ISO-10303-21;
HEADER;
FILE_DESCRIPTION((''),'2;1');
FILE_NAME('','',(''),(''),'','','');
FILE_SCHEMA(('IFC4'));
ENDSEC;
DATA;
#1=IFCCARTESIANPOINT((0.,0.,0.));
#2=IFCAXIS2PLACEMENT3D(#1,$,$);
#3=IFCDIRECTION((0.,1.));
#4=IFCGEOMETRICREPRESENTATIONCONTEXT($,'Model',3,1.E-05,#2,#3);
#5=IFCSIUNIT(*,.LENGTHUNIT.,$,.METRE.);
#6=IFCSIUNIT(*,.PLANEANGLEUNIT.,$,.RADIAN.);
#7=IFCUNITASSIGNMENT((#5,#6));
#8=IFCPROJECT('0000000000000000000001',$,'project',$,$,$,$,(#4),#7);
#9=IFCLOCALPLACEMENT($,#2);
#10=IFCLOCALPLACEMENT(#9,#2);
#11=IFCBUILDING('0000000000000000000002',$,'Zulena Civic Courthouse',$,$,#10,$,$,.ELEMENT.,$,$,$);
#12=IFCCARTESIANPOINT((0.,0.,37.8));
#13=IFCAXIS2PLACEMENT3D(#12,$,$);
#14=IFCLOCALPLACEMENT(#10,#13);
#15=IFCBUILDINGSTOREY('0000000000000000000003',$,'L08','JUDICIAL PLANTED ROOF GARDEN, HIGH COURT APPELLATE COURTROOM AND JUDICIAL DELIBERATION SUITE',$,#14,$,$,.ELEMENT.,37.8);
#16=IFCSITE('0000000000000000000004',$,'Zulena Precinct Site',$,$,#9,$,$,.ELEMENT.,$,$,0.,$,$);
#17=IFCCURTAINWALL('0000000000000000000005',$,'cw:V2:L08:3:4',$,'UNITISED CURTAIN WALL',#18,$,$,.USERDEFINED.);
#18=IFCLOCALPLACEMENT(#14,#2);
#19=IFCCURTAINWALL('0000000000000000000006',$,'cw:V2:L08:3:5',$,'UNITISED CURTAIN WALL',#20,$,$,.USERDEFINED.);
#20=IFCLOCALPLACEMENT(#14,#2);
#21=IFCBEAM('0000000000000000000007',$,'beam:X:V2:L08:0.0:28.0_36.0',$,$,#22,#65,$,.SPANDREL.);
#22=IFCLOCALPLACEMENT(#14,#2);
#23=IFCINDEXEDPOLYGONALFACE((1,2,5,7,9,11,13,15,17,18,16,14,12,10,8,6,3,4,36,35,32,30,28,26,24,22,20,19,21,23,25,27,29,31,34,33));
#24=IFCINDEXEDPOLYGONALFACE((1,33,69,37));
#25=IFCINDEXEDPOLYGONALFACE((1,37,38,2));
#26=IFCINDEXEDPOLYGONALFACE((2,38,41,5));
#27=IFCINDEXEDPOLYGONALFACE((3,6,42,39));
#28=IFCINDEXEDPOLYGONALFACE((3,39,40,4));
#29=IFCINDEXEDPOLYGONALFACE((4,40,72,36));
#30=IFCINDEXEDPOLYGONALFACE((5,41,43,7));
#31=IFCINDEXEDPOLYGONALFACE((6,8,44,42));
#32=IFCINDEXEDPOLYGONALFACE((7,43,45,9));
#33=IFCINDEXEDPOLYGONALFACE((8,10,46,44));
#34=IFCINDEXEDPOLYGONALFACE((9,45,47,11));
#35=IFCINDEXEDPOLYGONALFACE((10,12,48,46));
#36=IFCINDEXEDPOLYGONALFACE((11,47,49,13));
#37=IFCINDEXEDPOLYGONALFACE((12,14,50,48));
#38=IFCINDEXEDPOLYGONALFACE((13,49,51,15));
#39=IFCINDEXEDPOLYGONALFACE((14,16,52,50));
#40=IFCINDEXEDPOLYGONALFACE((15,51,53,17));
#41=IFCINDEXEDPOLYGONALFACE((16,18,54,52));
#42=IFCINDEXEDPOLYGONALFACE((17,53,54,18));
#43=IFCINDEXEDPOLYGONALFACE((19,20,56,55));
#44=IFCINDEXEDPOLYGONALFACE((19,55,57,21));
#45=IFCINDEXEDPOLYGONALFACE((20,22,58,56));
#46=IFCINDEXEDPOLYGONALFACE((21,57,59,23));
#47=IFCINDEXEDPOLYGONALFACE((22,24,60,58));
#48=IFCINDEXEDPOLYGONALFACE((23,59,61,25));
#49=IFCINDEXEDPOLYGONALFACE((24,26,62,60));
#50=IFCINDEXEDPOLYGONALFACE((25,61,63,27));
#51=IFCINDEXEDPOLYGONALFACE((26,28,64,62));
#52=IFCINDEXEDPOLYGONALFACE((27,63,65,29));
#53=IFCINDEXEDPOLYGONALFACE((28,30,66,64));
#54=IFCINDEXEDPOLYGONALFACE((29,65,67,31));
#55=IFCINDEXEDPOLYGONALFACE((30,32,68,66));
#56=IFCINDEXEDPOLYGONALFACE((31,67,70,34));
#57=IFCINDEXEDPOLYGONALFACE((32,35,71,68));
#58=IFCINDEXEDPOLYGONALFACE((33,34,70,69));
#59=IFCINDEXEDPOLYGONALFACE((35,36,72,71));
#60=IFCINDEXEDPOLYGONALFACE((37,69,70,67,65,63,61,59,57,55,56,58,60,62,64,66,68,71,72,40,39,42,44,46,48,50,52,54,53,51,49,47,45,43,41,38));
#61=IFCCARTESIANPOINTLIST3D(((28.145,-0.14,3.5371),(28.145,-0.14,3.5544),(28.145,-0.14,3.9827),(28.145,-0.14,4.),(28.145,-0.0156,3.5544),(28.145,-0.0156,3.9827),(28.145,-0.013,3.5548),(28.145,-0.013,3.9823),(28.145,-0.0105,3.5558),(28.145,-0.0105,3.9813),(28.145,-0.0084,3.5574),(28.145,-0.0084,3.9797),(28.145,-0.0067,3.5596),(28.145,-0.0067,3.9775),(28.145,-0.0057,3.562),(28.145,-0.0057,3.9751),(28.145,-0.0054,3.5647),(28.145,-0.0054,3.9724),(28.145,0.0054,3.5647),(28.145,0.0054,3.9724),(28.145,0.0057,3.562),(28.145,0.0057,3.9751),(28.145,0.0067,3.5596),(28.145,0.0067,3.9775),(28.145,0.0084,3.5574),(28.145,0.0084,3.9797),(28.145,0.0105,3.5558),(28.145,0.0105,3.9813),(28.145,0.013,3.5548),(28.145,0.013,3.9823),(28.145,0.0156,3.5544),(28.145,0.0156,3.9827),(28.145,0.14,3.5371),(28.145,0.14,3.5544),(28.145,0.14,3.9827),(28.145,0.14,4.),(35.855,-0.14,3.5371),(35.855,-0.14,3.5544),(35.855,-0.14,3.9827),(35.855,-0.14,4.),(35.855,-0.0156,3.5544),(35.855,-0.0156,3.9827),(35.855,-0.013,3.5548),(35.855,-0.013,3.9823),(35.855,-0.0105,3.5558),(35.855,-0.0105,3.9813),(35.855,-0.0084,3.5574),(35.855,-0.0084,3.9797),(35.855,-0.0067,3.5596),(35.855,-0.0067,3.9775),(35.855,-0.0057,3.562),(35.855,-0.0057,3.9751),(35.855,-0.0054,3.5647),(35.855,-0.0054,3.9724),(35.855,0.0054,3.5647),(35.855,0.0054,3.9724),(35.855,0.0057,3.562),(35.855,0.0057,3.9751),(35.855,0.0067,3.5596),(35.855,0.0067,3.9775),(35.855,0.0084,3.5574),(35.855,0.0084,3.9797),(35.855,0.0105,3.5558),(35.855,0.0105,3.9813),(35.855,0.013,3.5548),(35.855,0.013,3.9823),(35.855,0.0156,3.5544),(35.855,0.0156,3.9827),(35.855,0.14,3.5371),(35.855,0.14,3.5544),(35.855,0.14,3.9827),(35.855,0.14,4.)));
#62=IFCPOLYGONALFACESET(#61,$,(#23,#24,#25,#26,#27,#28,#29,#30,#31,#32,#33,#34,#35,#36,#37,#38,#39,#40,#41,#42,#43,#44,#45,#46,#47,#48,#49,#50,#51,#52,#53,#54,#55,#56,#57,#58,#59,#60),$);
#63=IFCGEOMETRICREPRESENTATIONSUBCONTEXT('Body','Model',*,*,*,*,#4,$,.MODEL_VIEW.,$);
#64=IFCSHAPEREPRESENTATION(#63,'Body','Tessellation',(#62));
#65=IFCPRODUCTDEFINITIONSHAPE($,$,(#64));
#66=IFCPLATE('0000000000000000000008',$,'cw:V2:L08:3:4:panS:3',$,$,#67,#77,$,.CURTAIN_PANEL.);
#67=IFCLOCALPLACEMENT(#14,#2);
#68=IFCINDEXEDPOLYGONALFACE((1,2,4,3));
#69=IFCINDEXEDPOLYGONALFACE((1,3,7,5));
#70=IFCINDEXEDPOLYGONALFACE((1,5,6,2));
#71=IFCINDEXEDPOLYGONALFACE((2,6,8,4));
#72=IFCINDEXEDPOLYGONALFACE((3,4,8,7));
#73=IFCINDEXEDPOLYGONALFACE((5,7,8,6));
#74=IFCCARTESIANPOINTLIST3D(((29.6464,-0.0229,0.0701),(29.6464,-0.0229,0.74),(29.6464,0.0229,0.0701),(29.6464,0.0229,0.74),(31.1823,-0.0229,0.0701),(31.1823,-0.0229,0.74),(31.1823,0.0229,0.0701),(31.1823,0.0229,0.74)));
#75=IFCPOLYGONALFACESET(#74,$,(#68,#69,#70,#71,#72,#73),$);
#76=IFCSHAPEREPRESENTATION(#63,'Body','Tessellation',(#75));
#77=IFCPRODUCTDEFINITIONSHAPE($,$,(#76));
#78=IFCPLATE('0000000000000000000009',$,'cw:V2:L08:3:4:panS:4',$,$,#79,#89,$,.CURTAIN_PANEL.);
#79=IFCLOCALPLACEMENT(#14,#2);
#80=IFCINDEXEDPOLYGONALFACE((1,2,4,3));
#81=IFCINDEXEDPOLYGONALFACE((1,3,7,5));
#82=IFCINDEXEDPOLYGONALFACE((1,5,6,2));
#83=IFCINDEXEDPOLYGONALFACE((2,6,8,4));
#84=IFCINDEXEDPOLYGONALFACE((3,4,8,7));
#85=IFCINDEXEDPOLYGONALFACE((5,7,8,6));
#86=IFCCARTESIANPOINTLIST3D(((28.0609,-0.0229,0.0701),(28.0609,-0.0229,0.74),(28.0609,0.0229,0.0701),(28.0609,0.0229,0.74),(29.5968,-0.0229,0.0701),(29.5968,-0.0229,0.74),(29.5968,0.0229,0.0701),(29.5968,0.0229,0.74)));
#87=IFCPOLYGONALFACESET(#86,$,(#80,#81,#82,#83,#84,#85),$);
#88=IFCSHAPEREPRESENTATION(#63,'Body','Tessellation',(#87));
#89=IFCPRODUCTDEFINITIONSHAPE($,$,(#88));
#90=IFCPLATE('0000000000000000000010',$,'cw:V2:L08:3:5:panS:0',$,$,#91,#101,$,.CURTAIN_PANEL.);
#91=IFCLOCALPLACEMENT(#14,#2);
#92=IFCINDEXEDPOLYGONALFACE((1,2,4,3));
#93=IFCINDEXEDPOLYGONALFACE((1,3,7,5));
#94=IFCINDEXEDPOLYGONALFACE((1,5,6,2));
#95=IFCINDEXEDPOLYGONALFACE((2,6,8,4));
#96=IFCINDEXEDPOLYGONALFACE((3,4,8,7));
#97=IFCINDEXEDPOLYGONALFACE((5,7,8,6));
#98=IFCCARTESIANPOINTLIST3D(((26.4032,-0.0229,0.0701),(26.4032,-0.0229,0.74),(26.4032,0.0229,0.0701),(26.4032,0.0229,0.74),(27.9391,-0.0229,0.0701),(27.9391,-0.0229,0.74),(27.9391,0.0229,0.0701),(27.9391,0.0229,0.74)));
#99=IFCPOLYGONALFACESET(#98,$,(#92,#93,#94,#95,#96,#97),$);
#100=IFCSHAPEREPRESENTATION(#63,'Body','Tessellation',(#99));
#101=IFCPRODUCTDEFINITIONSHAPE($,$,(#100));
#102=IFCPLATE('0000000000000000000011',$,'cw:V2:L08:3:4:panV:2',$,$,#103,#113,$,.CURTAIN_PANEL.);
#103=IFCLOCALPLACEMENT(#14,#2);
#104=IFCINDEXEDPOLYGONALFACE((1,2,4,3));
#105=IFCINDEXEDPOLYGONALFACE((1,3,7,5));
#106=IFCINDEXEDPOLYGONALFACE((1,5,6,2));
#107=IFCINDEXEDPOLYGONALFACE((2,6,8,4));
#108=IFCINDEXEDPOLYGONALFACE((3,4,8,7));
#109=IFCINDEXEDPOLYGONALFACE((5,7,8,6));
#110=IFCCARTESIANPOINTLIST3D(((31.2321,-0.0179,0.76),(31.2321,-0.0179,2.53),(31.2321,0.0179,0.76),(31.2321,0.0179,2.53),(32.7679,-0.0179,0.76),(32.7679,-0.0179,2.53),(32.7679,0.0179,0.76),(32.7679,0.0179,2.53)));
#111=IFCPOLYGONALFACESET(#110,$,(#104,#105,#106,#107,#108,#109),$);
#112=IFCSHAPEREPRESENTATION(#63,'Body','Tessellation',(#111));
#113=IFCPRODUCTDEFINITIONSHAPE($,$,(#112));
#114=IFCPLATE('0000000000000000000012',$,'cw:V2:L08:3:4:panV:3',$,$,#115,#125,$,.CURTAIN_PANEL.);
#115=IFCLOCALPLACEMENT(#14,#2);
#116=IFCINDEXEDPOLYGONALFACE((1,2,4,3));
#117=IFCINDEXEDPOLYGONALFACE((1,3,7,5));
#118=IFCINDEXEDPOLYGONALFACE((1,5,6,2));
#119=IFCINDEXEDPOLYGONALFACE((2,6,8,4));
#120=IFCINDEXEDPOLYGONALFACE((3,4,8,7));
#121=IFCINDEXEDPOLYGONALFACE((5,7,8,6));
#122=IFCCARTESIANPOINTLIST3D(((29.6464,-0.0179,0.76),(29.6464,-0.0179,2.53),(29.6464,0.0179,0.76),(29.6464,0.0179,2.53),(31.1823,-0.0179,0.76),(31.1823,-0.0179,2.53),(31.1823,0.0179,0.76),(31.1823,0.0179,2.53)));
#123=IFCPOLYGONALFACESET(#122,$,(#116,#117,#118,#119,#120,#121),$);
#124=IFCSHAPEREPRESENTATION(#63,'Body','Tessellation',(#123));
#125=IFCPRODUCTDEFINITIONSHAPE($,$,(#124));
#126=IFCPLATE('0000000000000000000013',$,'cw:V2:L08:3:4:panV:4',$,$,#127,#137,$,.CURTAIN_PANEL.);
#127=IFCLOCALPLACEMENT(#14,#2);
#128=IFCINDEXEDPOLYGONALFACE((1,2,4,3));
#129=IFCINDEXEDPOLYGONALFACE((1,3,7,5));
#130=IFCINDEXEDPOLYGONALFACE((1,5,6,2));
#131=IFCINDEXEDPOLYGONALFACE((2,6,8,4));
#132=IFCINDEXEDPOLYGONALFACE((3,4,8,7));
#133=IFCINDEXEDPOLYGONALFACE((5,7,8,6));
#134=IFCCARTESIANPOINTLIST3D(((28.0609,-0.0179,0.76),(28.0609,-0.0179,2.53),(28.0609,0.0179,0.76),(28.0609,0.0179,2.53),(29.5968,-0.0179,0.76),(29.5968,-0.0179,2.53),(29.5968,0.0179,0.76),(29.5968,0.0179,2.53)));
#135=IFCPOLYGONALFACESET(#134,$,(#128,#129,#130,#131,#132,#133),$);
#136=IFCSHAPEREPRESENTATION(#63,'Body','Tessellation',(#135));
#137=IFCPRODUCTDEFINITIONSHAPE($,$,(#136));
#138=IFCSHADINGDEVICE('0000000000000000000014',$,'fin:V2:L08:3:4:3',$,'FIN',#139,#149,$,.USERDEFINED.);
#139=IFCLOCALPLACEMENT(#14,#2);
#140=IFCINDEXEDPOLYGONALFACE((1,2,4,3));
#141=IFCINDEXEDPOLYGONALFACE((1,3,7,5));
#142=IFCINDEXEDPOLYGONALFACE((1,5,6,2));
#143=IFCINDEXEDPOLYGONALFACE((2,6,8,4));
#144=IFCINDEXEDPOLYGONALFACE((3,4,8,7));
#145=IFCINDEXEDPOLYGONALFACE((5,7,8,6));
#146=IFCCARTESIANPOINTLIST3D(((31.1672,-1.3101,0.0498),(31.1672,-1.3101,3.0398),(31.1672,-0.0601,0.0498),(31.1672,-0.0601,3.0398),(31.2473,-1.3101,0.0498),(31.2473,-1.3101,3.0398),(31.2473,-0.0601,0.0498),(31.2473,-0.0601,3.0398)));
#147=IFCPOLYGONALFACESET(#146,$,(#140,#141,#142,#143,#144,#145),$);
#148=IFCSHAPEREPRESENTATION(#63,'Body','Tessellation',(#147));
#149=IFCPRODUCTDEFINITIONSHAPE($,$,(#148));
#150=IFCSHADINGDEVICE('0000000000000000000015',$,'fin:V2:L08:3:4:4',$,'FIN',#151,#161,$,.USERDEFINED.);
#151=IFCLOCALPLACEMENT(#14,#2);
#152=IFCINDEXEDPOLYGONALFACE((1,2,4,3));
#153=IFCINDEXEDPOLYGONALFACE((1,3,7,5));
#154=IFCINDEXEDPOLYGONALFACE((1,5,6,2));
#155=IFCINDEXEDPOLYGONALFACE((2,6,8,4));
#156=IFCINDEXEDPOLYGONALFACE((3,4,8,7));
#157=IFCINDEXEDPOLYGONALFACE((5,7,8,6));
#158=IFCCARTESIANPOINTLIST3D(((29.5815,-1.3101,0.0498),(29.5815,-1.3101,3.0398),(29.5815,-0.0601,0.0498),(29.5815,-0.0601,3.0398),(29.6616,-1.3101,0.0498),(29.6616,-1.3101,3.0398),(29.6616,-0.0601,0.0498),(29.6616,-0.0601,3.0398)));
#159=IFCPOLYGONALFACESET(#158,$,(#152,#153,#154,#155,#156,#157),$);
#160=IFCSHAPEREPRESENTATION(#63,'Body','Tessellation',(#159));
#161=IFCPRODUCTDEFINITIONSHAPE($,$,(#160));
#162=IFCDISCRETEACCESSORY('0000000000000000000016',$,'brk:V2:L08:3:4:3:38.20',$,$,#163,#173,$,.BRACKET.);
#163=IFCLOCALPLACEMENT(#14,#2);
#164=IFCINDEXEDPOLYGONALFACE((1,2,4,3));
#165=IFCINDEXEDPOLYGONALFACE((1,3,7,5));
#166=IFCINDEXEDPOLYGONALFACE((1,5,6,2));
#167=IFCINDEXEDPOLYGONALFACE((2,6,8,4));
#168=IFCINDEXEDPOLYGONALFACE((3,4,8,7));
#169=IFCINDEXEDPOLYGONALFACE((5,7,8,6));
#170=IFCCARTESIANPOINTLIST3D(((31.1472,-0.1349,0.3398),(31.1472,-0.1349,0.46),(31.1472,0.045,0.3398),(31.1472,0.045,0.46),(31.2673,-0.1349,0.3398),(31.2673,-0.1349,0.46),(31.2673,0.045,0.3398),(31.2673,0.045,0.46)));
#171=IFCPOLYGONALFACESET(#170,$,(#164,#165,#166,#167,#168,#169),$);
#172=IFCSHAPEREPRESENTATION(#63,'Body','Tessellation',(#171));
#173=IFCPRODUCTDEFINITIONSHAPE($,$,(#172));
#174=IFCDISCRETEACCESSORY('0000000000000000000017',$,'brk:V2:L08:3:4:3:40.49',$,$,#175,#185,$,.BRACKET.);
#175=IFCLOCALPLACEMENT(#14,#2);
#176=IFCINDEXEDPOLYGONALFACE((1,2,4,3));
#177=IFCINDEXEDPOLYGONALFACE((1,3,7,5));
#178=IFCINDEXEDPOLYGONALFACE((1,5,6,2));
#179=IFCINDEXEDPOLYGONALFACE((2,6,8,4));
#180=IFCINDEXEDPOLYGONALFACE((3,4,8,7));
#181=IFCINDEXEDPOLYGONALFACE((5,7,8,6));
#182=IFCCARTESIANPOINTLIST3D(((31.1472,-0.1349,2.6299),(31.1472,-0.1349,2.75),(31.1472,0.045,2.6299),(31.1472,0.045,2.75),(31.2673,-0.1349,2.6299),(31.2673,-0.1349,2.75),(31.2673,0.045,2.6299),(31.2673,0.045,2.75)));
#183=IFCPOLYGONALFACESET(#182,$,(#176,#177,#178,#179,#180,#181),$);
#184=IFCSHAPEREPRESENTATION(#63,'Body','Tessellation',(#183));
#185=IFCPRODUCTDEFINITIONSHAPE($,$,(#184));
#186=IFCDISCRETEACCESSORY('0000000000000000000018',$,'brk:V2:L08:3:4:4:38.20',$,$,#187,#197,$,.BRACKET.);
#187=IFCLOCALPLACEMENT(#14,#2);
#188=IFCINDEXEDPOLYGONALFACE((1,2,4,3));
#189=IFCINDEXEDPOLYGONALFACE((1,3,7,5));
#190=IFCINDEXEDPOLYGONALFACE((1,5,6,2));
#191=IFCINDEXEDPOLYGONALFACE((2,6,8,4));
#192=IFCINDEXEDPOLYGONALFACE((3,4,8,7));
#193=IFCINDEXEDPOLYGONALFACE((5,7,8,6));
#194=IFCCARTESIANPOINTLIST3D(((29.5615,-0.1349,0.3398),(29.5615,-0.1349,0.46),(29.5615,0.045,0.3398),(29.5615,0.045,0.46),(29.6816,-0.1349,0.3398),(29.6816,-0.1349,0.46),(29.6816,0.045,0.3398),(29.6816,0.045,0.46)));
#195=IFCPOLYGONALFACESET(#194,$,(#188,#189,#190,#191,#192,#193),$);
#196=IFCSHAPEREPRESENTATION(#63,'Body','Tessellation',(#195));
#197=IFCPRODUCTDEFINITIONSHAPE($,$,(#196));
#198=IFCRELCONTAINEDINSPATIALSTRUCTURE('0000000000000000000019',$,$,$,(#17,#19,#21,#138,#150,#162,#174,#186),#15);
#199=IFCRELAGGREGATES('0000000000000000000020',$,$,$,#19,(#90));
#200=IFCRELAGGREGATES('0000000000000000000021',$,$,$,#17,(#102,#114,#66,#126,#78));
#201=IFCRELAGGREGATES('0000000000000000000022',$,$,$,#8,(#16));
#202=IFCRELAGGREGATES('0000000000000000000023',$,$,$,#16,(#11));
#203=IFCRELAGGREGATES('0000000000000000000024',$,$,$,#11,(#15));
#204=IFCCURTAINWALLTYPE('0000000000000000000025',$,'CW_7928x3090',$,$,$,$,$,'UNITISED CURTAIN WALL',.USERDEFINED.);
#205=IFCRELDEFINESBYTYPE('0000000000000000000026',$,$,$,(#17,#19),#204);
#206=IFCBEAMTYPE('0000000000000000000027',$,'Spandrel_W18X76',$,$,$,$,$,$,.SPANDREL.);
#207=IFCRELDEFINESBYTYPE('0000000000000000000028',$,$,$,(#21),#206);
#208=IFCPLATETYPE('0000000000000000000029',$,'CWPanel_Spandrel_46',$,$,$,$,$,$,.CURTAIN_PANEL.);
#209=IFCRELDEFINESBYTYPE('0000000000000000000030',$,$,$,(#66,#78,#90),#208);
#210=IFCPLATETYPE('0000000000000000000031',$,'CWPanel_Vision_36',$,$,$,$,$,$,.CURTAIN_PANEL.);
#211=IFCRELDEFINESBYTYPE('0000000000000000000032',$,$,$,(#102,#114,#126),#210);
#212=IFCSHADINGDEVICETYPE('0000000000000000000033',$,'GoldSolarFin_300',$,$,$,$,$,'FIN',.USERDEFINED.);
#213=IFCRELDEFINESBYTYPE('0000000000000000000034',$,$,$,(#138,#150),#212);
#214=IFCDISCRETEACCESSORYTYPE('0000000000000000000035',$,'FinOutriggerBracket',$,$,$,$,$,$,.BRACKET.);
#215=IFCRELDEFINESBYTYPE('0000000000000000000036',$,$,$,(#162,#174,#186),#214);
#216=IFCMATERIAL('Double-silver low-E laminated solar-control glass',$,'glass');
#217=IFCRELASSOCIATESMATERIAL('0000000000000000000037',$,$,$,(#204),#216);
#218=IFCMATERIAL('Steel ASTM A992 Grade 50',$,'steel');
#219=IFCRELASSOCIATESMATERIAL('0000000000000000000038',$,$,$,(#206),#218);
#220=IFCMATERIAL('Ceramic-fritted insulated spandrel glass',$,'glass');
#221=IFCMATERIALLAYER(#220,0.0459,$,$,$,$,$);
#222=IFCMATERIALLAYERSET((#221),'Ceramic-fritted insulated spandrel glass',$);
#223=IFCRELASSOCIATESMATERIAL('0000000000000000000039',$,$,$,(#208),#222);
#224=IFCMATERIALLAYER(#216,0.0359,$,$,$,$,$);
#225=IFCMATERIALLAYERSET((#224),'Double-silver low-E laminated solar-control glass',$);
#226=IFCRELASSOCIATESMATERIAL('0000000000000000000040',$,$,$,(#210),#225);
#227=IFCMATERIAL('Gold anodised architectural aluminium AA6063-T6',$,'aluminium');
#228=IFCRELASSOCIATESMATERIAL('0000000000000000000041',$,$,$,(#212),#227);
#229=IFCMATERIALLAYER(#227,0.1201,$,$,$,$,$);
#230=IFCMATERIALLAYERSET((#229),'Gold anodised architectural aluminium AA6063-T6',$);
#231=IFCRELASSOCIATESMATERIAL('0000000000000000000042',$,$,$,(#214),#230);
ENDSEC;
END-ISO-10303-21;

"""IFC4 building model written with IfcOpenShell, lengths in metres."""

from ifc_helpers import new_model, si_unit, direction, frame, origin, origin_2d, place, context, subcontext, project, spatial, rectangle, i_section, extrude, material, layer, layer_set, material_profile, profile_set, type_object, element, aggregate, save


model = new_model("IFC4")

# Units and contexts
model_context = context("Model", 3, precision=1e-05, world=origin(), true_north=direction((0.0, 1.0)))
body_context = subcontext(model_context, "Body", "Model", "MODEL_VIEW")
ifc_project = project(units=[si_unit("LENGTHUNIT", "METRE"), si_unit("PLANEANGLEUNIT", "RADIAN")], contexts=[model_context])

# Site, building, storey
site_placement = place(None, origin())
site = spatial("IfcSite", under=ifc_project, at=site_placement, Name="Zulena Precinct Site", CompositionType="ELEMENT", RefElevation=0.0)
building_placement = place(site_placement, origin())
building = spatial("IfcBuilding", under=site, at=building_placement, Name="Zulena Civic Courthouse", CompositionType="ELEMENT")
storey_placement = place(building_placement, frame((0.0, 0.0, 37.8)))
storey = spatial("IfcBuildingStorey", under=building, at=storey_placement, Name="L08", Description="JUDICIAL PLANTED ROOF GARDEN, HIGH COURT APPELLATE COURTROOM AND JUDICIAL DELIBERATION SUITE", CompositionType="ELEMENT", Elevation=37.8)

# Shared definitions
ifc_material_1 = material(Name="Steel ASTM A992 Grade 50", Category="steel")

# Curtain walls
ifc_material_2 = material(Name="Double-silver low-E laminated solar-control glass", Category="glass")
curtain_wall_type = type_object("IfcCurtainWallType", Name="CW_7928x3090", ElementType="UNITISED CURTAIN WALL", PredefinedType="USERDEFINED", material=ifc_material_2)
curtain_wall_1_placement = place(storey_placement, origin())
curtain_wall_1 = element("IfcCurtainWall", 1, at=curtain_wall_1_placement, inside=storey, type_object=curtain_wall_type, Name="cw:V2:L08:3:4", ObjectType="UNITISED CURTAIN WALL", PredefinedType="USERDEFINED")
curtain_wall_2_placement = place(storey_placement, origin())
curtain_wall_2 = element("IfcCurtainWall", 2, at=curtain_wall_2_placement, inside=storey, type_object=curtain_wall_type, Name="cw:V2:L08:3:5", ObjectType="UNITISED CURTAIN WALL", PredefinedType="USERDEFINED")

# Beam
ifc_material_profile_1 = material_profile(ifc_material_1, i_section(OverallWidth=0.28, OverallDepth=0.4629, WebThickness=0.0107, FlangeThickness=0.0173, FilletRadius=0.0103, at=origin_2d()), Name="W18X76")
ifc_profile_set_1 = profile_set([ifc_material_profile_1], Name="Steel ASTM A992 Grade 50")
beam_type = type_object("IfcBeamType", Name="Spandrel_W18X76", PredefinedType="SPANDREL", material=ifc_profile_set_1)
beam_placement = place(storey_placement, frame((28.145, 0.0, 3.7686), z_axis=(1.0, 0.0, 0.0), x_axis=(0.0, 1.0, 0.0)))
element("IfcBeam", 3, at=beam_placement, inside=storey, type_object=beam_type, Name="beam:X:V2:L08:0.0:28.0_36.0", PredefinedType="SPANDREL", context=body_context, shape_type="SweptSolid", body=[
    extrude(i_section(OverallWidth=0.28, OverallDepth=0.4629, WebThickness=0.0107, FlangeThickness=0.0173, FilletRadius=0.0103, at=origin_2d()), origin(), (0.0, 0.0, 1.0), 7.71),
])

# Plates
ifc_material_3 = material(Name="Ceramic-fritted insulated spandrel glass", Category="glass")
ifc_layer_1 = layer(ifc_material_3, 0.0459)
ifc_layer_set_1 = layer_set([ifc_layer_1], Name="Ceramic-fritted insulated spandrel glass")
plate_type_1 = type_object("IfcPlateType", Name="CWPanel_Spandrel_46", PredefinedType="CURTAIN_PANEL", material=ifc_layer_set_1)
plate_1_placement = place(storey_placement, frame((30.4143, 0.0, 0.0701), z_axis=(0.0, 0.0, 1.0), x_axis=(-1.0, 0.0, 0.0)))
plate_1 = element("IfcPlate", 4, at=plate_1_placement, type_object=plate_type_1, Name="cw:V2:L08:3:4:panS:3", PredefinedType="CURTAIN_PANEL", context=body_context, shape_type="SweptSolid", body=[
    extrude(rectangle(XDim=1.5359, YDim=0.0459, at=origin_2d()), origin(), (0.0, 0.0, 1.0), 0.6699),
])
plate_2_placement = place(storey_placement, frame((28.8289, 0.0, 0.0701), z_axis=(0.0, 0.0, 1.0), x_axis=(-1.0, 0.0, 0.0)))
plate_2 = element("IfcPlate", 5, at=plate_2_placement, type_object=plate_type_1, Name="cw:V2:L08:3:4:panS:4", PredefinedType="CURTAIN_PANEL", context=body_context, shape_type="SweptSolid", body=[
    extrude(rectangle(XDim=1.5359, YDim=0.0459, at=origin_2d()), origin(), (0.0, 0.0, 1.0), 0.6699),
])
plate_3_placement = place(storey_placement, frame((27.1711, 0.0, 0.0701), z_axis=(0.0, 0.0, 1.0), x_axis=(-1.0, 0.0, 0.0)))
plate_3 = element("IfcPlate", 6, at=plate_3_placement, type_object=plate_type_1, Name="cw:V2:L08:3:5:panS:0", PredefinedType="CURTAIN_PANEL", context=body_context, shape_type="SweptSolid", body=[
    extrude(rectangle(XDim=1.5359, YDim=0.0459, at=origin_2d()), origin(), (0.0, 0.0, 1.0), 0.6699),
])
aggregate(curtain_wall_2, [plate_3])
ifc_layer_2 = layer(ifc_material_2, 0.0359)
ifc_layer_set_2 = layer_set([ifc_layer_2], Name="Double-silver low-E laminated solar-control glass")
plate_type_2 = type_object("IfcPlateType", Name="CWPanel_Vision_36", PredefinedType="CURTAIN_PANEL", material=ifc_layer_set_2)
plate_4_placement = place(storey_placement, frame((32.0, 0.0, 0.76), z_axis=(0.0, 0.0, 1.0), x_axis=(-1.0, 0.0, 0.0)))
plate_4 = element("IfcPlate", 7, at=plate_4_placement, type_object=plate_type_2, Name="cw:V2:L08:3:4:panV:2", PredefinedType="CURTAIN_PANEL", context=body_context, shape_type="SweptSolid", body=[
    extrude(rectangle(XDim=1.5359, YDim=0.0359, at=origin_2d()), origin(), (0.0, 0.0, 1.0), 1.77),
])
plate_5_placement = place(storey_placement, frame((30.4143, 0.0, 0.76), z_axis=(0.0, 0.0, 1.0), x_axis=(-1.0, 0.0, 0.0)))
plate_5 = element("IfcPlate", 8, at=plate_5_placement, type_object=plate_type_2, Name="cw:V2:L08:3:4:panV:3", PredefinedType="CURTAIN_PANEL", context=body_context, shape_type="SweptSolid", body=[
    extrude(rectangle(XDim=1.5359, YDim=0.0359, at=origin_2d()), origin(), (0.0, 0.0, 1.0), 1.77),
])
plate_6_placement = place(storey_placement, frame((28.8289, 0.0, 0.76), z_axis=(0.0, 0.0, 1.0), x_axis=(-1.0, 0.0, 0.0)))
plate_6 = element("IfcPlate", 9, at=plate_6_placement, type_object=plate_type_2, Name="cw:V2:L08:3:4:panV:4", PredefinedType="CURTAIN_PANEL", context=body_context, shape_type="SweptSolid", body=[
    extrude(rectangle(XDim=1.5359, YDim=0.0359, at=origin_2d()), origin(), (0.0, 0.0, 1.0), 1.77),
])
aggregate(curtain_wall_1, [plate_4, plate_5, plate_1, plate_6, plate_2])

# Shading devices
ifc_material_4 = material(Name="Gold anodised architectural aluminium AA6063-T6", Category="aluminium")
shading_device_type = type_object("IfcShadingDeviceType", Name="GoldSolarFin_300", ElementType="FIN", PredefinedType="USERDEFINED", material=ifc_material_4)
for number, where, z_axis, x_axis, name in (
    (10, (31.2073, -0.6851, 0.0498), (0.0, 0.0, 1.0), (0.0, -1.0, 0.0), "fin:V2:L08:3:4:3"),
    (11, (29.6216, -0.6851, 0.0498), (0.0, 0.0, 1.0), (0.0, -1.0, 0.0), "fin:V2:L08:3:4:4"),
):
    element("IfcShadingDevice", number, at=place(storey_placement, frame(where, z_axis=z_axis, x_axis=x_axis)), inside=storey, type_object=shading_device_type, Name=name, ObjectType="FIN", PredefinedType="USERDEFINED", context=body_context, shape_type="SweptSolid", body=[
        extrude(rectangle(XDim=1.25, YDim=0.0801, at=origin_2d()), origin(), (0.0, 0.0, 1.0), 2.99),
    ])

# Discrete accessories
ifc_layer_3 = layer(ifc_material_4, 0.1201)
ifc_layer_set_3 = layer_set([ifc_layer_3], Name="Gold anodised architectural aluminium AA6063-T6")
discrete_accessory_type = type_object("IfcDiscreteAccessoryType", Name="FinOutriggerBracket", PredefinedType="BRACKET", material=ifc_layer_set_3)
for number, where, z_axis, x_axis, name in (
    (12, (31.2073, -0.0449, 0.3398), (0.0, 0.0, 1.0), (0.0, -1.0, 0.0), "brk:V2:L08:3:4:3:38.20"),
    (13, (31.2073, -0.0449, 2.6299), (0.0, 0.0, 1.0), (0.0, -1.0, 0.0), "brk:V2:L08:3:4:3:40.49"),
    (14, (29.6216, -0.0449, 0.3398), (0.0, 0.0, 1.0), (0.0, -1.0, 0.0), "brk:V2:L08:3:4:4:38.20"),
):
    element("IfcDiscreteAccessory", number, at=place(storey_placement, frame(where, z_axis=z_axis, x_axis=x_axis)), inside=storey, type_object=discrete_accessory_type, Name=name, PredefinedType="BRACKET", context=body_context, shape_type="SweptSolid", body=[
        extrude(rectangle(XDim=0.1799, YDim=0.1201, at=origin_2d()), origin(), (0.0, 0.0, 1.0), 0.1201),
    ])

save(model, "model.ifc")
